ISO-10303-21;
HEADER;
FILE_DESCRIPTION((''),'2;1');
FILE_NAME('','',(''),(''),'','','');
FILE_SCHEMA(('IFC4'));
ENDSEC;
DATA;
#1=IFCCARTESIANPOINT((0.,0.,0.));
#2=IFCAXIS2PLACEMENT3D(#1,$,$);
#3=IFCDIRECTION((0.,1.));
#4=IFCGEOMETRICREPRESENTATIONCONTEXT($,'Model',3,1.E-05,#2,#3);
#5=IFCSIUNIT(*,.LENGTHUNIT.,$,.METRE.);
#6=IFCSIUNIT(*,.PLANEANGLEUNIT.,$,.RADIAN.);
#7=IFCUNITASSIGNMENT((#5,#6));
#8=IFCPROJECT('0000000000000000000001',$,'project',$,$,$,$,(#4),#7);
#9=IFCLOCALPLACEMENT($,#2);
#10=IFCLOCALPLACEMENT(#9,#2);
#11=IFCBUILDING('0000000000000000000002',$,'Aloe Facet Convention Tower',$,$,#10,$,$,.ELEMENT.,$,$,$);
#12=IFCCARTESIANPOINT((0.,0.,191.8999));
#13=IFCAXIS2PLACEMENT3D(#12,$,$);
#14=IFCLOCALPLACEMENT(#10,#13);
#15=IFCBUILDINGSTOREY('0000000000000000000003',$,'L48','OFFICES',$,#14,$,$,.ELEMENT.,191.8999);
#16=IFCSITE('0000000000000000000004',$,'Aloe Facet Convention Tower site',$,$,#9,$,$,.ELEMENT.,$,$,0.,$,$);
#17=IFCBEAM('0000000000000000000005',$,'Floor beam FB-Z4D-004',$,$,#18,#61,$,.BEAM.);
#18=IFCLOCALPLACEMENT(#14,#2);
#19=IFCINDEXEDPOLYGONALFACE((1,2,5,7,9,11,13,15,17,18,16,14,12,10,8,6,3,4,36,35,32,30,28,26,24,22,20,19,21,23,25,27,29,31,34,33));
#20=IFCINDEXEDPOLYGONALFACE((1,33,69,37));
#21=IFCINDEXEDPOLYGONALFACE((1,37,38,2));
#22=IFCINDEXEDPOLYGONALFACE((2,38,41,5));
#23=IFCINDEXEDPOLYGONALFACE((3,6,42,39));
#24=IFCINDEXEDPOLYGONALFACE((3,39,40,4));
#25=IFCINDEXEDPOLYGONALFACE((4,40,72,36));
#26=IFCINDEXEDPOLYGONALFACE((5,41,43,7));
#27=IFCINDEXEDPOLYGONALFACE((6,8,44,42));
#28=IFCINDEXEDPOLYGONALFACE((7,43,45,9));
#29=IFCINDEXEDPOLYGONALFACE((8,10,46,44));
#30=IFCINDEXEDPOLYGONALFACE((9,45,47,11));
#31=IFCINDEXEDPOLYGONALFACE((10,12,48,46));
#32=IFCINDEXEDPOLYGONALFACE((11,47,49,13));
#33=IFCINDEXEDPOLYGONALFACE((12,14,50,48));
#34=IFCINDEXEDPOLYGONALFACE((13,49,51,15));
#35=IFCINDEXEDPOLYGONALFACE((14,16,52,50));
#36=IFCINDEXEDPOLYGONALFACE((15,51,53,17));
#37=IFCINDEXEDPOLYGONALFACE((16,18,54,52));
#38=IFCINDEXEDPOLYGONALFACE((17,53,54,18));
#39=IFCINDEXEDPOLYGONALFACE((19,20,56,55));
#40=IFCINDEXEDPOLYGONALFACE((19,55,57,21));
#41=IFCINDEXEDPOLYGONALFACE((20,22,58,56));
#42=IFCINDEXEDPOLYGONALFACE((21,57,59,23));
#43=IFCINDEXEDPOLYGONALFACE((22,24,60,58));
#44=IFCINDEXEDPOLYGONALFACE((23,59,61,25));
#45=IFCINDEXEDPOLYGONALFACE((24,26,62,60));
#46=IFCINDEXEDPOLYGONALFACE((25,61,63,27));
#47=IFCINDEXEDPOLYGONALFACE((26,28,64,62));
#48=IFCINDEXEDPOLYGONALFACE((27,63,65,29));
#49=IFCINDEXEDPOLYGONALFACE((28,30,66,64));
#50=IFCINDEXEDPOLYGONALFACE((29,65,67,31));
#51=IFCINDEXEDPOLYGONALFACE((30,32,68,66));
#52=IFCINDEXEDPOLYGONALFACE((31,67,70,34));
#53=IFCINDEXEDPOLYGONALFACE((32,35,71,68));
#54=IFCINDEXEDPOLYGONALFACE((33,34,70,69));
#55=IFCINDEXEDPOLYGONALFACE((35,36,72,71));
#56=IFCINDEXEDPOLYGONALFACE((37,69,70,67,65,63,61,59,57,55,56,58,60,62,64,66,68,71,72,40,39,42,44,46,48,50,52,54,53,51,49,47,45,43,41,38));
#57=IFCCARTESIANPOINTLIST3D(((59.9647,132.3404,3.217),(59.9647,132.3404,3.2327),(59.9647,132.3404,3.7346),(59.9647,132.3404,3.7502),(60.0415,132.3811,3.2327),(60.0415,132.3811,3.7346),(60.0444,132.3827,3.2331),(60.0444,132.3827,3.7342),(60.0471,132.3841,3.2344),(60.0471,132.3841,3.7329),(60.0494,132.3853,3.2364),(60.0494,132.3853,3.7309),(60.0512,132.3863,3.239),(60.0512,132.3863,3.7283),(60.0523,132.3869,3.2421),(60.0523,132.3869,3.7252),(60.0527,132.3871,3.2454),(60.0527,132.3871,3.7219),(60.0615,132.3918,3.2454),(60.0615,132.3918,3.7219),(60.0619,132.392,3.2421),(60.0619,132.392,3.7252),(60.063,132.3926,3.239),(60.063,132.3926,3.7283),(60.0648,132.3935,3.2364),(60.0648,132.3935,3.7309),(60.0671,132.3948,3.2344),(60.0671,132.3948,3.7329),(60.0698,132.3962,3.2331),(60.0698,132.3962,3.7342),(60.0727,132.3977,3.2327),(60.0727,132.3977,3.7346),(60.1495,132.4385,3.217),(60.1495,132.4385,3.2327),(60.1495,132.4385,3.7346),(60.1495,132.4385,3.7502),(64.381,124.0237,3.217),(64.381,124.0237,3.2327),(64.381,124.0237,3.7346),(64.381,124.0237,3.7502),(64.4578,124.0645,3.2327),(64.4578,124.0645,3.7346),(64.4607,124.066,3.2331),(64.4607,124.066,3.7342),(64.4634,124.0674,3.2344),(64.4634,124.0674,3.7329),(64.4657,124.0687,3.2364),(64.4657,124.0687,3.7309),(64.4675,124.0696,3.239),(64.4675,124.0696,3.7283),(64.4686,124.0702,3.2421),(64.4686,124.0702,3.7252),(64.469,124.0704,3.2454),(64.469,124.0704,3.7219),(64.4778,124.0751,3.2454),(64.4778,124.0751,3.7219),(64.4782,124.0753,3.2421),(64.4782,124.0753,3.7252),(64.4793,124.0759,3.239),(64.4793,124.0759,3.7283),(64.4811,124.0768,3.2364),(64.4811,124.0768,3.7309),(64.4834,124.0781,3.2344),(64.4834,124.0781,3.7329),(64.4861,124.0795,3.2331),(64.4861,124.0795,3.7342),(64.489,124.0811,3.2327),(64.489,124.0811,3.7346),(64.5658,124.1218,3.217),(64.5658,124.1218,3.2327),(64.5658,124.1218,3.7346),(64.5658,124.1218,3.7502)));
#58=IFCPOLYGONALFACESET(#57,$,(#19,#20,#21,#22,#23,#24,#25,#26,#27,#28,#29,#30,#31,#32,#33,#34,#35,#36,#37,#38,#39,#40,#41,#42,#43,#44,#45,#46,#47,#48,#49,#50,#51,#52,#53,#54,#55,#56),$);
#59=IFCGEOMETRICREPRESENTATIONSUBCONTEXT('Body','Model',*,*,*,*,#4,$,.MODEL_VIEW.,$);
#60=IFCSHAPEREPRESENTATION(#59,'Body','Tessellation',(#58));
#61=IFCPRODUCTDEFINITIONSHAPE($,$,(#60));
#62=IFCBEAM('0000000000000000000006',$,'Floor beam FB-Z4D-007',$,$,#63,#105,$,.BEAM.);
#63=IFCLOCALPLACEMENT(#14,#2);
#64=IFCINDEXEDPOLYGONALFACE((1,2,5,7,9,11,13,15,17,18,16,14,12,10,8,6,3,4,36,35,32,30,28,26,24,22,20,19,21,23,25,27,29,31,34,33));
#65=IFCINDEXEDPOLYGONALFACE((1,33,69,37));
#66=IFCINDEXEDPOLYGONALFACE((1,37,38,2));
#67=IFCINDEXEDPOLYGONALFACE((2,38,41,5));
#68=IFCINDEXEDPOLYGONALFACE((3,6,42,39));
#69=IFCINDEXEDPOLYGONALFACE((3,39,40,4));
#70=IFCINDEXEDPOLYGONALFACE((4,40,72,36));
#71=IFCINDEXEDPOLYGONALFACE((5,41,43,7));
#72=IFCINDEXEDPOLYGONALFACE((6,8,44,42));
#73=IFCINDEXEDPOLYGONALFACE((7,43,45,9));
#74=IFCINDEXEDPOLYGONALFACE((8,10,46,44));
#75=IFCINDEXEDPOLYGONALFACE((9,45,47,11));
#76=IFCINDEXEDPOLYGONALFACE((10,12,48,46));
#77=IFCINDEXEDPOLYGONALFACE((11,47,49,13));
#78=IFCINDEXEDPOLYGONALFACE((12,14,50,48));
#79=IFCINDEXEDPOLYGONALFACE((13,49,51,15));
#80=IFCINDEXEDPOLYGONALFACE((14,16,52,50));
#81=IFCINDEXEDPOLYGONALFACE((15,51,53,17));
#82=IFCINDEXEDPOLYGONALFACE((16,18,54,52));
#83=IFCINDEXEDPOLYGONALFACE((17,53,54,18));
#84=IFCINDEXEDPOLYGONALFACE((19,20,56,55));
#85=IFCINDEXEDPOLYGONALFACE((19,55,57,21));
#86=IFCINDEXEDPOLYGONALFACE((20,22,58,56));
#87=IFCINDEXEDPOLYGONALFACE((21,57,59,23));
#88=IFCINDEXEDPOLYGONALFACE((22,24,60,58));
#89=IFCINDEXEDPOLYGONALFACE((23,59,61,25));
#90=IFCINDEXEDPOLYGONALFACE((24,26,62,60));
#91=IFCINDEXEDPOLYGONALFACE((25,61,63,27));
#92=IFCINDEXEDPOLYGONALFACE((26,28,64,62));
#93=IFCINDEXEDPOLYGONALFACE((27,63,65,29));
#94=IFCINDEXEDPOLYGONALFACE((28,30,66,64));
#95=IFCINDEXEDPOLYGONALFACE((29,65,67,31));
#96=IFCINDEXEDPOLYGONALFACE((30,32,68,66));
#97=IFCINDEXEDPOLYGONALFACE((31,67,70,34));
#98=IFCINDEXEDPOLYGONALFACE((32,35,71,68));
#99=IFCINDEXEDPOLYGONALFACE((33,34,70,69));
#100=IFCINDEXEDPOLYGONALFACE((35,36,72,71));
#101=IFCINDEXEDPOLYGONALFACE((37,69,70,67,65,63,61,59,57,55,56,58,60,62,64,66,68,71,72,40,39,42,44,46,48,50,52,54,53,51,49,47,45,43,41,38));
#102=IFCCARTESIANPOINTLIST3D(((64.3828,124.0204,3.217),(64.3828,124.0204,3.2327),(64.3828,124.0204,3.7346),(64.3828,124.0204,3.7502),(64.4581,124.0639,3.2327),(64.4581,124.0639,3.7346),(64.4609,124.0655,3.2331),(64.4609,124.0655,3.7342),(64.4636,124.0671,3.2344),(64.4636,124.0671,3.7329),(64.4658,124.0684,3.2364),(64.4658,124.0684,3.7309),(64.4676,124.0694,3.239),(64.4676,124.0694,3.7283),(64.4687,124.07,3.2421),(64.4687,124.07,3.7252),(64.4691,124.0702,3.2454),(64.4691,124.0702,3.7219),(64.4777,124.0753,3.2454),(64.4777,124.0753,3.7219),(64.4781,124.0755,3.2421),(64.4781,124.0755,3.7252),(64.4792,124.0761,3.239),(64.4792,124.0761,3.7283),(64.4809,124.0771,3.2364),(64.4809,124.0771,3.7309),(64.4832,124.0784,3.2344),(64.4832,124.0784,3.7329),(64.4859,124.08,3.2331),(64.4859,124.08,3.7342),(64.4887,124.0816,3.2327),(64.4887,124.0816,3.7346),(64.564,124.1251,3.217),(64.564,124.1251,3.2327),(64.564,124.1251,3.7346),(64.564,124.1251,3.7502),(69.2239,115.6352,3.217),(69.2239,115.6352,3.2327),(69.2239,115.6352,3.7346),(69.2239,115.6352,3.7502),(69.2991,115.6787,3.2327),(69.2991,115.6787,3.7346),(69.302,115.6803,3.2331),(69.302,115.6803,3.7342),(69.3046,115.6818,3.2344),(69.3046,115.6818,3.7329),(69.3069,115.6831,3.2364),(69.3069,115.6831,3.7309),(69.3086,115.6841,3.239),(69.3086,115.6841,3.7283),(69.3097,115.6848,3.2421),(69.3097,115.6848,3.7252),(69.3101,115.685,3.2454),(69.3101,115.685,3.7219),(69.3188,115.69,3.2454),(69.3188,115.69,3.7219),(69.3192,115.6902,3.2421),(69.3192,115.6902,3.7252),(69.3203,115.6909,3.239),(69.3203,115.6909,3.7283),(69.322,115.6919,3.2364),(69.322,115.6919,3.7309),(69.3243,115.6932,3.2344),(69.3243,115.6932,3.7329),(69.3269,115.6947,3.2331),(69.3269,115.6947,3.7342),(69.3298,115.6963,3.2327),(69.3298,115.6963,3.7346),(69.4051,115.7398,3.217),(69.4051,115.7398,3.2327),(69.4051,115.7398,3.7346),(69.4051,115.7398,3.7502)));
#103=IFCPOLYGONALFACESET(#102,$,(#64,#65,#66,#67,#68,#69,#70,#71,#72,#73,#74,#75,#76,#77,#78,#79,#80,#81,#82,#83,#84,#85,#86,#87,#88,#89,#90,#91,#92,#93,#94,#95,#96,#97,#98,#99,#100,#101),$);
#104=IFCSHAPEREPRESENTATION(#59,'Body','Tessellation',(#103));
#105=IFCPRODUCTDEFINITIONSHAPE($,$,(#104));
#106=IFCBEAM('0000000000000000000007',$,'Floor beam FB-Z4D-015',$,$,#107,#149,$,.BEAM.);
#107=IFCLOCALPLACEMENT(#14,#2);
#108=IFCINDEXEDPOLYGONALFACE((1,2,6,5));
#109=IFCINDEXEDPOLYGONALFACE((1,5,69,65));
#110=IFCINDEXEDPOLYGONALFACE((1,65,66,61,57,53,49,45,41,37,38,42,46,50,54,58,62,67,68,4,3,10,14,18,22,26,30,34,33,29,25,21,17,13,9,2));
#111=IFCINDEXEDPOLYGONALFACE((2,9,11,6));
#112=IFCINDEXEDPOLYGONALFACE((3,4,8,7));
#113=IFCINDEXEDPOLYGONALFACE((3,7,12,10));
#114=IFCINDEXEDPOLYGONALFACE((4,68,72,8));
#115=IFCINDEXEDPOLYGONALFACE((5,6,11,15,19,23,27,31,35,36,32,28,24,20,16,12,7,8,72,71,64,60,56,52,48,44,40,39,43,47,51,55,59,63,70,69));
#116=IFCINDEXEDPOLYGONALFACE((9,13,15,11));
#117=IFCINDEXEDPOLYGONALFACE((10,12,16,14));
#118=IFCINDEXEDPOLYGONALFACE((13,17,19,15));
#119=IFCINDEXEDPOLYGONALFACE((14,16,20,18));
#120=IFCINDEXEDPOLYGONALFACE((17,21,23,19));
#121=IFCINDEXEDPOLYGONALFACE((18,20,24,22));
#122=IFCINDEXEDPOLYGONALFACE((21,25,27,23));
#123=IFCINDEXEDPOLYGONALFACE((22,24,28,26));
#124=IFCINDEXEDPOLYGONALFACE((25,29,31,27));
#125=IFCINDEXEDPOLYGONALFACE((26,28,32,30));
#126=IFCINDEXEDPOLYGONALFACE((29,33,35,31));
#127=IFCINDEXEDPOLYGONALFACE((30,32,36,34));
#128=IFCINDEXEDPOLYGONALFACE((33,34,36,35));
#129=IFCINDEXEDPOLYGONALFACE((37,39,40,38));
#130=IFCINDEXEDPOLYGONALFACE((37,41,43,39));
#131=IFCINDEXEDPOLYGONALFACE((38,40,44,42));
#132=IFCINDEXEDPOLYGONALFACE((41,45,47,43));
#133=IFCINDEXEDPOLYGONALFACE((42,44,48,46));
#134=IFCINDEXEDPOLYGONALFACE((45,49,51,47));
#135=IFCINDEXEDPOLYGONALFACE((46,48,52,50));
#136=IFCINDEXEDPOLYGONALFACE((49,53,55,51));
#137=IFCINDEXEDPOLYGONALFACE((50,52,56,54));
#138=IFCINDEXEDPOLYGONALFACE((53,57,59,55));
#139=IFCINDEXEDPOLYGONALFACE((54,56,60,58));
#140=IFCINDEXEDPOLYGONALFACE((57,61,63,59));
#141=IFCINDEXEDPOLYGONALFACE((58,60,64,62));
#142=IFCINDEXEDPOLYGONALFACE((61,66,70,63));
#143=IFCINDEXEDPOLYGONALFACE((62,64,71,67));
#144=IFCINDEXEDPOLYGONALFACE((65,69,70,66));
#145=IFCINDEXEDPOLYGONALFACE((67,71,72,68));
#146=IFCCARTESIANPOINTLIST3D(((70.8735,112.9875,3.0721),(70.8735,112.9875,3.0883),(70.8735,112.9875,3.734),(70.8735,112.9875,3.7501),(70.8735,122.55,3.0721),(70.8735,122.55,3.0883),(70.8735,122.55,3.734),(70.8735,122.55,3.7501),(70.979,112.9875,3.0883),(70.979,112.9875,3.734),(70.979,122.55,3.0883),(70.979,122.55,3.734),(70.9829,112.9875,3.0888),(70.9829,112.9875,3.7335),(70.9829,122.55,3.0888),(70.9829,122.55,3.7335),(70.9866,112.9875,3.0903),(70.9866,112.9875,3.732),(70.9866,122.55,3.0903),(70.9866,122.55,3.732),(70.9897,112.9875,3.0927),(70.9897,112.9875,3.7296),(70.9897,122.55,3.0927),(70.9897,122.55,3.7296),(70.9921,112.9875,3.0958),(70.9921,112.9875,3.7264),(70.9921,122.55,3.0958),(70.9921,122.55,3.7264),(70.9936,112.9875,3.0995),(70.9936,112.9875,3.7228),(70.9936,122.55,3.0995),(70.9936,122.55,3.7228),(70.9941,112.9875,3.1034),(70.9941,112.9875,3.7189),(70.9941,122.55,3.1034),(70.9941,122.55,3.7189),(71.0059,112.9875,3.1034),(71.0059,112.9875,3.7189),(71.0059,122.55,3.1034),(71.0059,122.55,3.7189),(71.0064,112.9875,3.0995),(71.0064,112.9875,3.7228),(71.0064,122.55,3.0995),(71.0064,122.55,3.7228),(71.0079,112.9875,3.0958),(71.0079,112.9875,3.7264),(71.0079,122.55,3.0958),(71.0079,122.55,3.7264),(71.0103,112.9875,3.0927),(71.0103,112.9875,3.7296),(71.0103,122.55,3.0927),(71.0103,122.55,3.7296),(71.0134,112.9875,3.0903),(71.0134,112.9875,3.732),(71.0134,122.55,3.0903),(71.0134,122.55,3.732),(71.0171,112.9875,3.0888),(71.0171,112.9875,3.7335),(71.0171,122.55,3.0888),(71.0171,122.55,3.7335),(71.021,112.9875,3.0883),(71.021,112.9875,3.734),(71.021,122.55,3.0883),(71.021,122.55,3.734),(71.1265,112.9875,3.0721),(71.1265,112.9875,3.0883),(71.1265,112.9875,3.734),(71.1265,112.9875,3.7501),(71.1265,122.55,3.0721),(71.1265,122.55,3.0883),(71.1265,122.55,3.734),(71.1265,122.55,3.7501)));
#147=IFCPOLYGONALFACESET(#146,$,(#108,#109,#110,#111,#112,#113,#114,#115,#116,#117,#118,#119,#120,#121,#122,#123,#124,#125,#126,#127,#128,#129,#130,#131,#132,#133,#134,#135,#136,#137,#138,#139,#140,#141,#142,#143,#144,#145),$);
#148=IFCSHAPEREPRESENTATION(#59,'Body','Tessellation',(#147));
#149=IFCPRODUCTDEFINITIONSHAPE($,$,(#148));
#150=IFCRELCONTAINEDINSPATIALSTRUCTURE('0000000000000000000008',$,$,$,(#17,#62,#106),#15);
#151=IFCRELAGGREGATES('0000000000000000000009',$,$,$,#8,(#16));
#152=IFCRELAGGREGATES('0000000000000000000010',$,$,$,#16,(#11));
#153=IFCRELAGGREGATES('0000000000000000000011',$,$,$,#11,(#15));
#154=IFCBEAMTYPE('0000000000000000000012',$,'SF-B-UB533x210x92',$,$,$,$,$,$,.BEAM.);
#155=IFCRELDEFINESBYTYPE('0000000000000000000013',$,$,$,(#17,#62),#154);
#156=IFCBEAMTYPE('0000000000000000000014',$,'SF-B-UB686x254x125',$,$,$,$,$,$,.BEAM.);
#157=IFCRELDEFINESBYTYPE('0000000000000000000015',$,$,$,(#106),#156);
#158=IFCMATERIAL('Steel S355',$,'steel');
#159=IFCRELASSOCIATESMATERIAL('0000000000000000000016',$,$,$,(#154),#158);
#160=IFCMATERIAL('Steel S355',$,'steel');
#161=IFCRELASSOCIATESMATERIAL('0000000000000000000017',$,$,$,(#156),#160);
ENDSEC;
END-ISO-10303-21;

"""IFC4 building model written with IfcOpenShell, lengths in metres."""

from ifc_helpers import new_model, si_unit, direction, frame, origin, origin_2d, place, context, subcontext, project, spatial, i_section, extrude, material, material_profile, profile_set, type_object, element, save


model = new_model("IFC4")

# Units and contexts
model_context = context("Model", 3, precision=1e-05, world=origin(), true_north=direction((0.0, 1.0)))
body_context = subcontext(model_context, "Body", "Model", "MODEL_VIEW")
ifc_project = project(units=[si_unit("LENGTHUNIT", "METRE"), si_unit("PLANEANGLEUNIT", "RADIAN")], contexts=[model_context])

# Site, building, storey
site_placement = place(None, origin())
site = spatial("IfcSite", under=ifc_project, at=site_placement, Name="Aloe Facet Convention Tower site", CompositionType="ELEMENT", RefElevation=0.0)
building_placement = place(site_placement, origin())
building = spatial("IfcBuilding", under=site, at=building_placement, Name="Aloe Facet Convention Tower", CompositionType="ELEMENT")
storey_placement = place(building_placement, frame((0.0, 0.0, 191.8999)))
storey = spatial("IfcBuildingStorey", under=building, at=storey_placement, Name="L48", Description="OFFICES", CompositionType="ELEMENT", Elevation=191.8999)

# Beams
ifc_material_1 = material(Name="Steel S355", Category="steel")
ifc_material_profile_1 = material_profile(ifc_material_1, i_section(OverallWidth=0.2092, OverallDepth=0.5332, WebThickness=0.01, FlangeThickness=0.0156, FilletRadius=0.0127, at=origin_2d()), Name="UB 533x210x92")
ifc_profile_set_1 = profile_set([ifc_material_profile_1], Name="Steel S355")
beam_type_1 = type_object("IfcBeamType", Name="SF-B-UB533x210x92", PredefinedType="BEAM", material=ifc_profile_set_1)
beam_1_placement = place(storey_placement, frame((64.4734, 124.0728, 3.4836), z_axis=(-0.468993, 0.883202, 0.0), x_axis=(-0.883202, -0.468993, 0.0)))
element("IfcBeam", 1, at=beam_1_placement, inside=storey, type_object=beam_type_1, Name="Floor beam FB-Z4D-004", PredefinedType="BEAM", context=body_context, shape_type="SweptSolid", body=[
    extrude(i_section(OverallWidth=0.2092, OverallDepth=0.5332, WebThickness=0.01, FlangeThickness=0.0156, FilletRadius=0.0127, at=origin_2d()), origin(), (0.0, 0.0, 1.0), 9.4165),
])
beam_2_placement = place(storey_placement, frame((69.3145, 115.6875, 3.4836), z_axis=(-0.499987, 0.866033, 0.0), x_axis=(-0.866033, -0.499987, 0.0)))
element("IfcBeam", 2, at=beam_2_placement, inside=storey, type_object=beam_type_1, Name="Floor beam FB-Z4D-007", PredefinedType="BEAM", context=body_context, shape_type="SweptSolid", body=[
    extrude(i_section(OverallWidth=0.2092, OverallDepth=0.5332, WebThickness=0.01, FlangeThickness=0.0156, FilletRadius=0.0127, at=origin_2d()), origin(), (0.0, 0.0, 1.0), 9.6824),
])
ifc_material_2 = material(Name="Steel S355", Category="steel")
ifc_material_profile_2 = material_profile(ifc_material_2, i_section(OverallWidth=0.2529, OverallDepth=0.678, WebThickness=0.0117, FlangeThickness=0.0161, FilletRadius=0.0151, at=origin_2d()), Name="UB 686x254x125")
ifc_profile_set_2 = profile_set([ifc_material_profile_2], Name="Steel S355")
beam_type_2 = type_object("IfcBeamType", Name="SF-B-UB686x254x125", PredefinedType="BEAM", material=ifc_profile_set_2)
beam_3_placement = place(storey_placement, frame((71.0, 122.55, 3.4111), z_axis=(0.0, -1.0, 0.0), x_axis=(1.0, 0.0, 0.0)))
element("IfcBeam", 3, at=beam_3_placement, inside=storey, type_object=beam_type_2, Name="Floor beam FB-Z4D-015", PredefinedType="BEAM", context=body_context, shape_type="SweptSolid", body=[
    extrude(i_section(OverallWidth=0.2529, OverallDepth=0.678, WebThickness=0.0117, FlangeThickness=0.0161, FilletRadius=0.0151, at=origin_2d()), origin(), (0.0, 0.0, 1.0), 9.5625),
])

save(model, "model.ifc")
